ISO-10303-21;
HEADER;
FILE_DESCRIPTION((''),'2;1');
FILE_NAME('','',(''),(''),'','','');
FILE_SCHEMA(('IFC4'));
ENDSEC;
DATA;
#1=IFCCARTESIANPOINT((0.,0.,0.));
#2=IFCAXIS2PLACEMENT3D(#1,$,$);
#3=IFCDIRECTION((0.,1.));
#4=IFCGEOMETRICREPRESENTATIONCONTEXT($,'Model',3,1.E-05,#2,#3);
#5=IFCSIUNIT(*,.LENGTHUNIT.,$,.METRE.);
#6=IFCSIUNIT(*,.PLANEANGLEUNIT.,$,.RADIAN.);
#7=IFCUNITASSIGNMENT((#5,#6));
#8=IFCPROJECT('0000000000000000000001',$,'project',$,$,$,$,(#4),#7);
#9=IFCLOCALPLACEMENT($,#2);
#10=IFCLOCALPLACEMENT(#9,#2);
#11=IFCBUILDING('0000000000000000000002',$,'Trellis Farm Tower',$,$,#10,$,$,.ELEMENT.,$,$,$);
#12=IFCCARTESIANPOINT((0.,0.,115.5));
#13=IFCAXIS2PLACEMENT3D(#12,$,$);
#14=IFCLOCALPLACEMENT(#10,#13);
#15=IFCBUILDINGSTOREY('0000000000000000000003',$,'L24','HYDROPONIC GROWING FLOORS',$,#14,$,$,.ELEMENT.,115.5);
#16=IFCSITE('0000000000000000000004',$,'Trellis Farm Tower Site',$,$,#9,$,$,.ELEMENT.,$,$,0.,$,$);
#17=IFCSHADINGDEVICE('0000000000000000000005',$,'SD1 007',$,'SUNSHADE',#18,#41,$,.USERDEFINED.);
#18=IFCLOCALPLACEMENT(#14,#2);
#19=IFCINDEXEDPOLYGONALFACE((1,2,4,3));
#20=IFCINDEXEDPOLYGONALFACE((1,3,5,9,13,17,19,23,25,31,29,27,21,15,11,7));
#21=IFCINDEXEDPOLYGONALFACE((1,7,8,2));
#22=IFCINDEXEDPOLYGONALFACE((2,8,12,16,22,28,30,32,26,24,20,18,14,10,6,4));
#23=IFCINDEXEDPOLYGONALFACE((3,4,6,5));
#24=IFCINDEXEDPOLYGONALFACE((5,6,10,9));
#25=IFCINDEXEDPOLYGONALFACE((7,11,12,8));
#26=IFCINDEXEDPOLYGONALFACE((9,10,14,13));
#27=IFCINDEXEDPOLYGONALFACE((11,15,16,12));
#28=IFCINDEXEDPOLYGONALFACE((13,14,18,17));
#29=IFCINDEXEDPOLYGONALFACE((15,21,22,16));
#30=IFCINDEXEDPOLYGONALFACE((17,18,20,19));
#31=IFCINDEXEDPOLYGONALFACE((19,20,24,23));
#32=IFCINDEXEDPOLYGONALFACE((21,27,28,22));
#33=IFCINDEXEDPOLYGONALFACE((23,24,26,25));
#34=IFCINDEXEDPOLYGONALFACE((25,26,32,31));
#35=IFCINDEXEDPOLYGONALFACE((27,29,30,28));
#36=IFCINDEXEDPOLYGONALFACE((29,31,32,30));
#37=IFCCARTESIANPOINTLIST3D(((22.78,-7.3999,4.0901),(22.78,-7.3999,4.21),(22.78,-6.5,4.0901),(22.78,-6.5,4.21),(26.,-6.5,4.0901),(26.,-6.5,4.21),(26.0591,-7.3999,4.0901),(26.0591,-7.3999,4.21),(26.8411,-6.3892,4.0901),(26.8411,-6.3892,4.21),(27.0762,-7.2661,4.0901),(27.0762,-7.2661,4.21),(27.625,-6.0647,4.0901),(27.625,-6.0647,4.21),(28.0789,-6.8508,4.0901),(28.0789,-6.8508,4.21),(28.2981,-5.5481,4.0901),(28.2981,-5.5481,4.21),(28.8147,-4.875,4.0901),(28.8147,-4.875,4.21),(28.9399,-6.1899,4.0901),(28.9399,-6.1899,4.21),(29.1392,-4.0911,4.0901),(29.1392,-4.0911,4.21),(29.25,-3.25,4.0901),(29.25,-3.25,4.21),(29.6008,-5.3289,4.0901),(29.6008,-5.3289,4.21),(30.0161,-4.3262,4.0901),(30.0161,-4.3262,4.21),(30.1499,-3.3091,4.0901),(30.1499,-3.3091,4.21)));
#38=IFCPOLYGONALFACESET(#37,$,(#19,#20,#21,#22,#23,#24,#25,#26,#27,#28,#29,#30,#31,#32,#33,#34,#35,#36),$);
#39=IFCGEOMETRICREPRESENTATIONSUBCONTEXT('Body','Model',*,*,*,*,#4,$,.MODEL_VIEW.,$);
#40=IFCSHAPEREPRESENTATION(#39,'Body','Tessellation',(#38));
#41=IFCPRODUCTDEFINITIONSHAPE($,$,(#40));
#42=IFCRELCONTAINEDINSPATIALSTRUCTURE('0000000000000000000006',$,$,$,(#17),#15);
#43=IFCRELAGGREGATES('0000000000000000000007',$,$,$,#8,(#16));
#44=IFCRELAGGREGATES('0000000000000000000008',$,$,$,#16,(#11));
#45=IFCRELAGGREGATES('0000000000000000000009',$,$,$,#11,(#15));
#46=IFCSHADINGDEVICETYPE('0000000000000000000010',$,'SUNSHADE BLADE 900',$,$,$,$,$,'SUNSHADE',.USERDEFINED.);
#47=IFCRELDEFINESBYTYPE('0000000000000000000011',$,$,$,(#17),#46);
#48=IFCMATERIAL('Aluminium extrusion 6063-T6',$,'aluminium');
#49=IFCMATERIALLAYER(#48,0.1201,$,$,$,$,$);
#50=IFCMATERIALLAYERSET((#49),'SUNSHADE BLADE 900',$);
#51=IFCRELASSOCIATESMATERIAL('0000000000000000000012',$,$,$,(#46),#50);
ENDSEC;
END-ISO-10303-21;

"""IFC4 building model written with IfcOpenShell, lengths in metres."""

from ifc_helpers import new_model, si_unit, direction, frame, origin, place, context, subcontext, project, spatial, polyline, outline, extrude, source, transform, mapped, material, layer, layer_set, type_object, element, save


model = new_model("IFC4")

# Units and contexts
model_context = context("Model", 3, precision=1e-05, world=origin(), true_north=direction((0.0, 1.0)))
body_context = subcontext(model_context, "Body", "Model", "MODEL_VIEW")
ifc_project = project(units=[si_unit("LENGTHUNIT", "METRE"), si_unit("PLANEANGLEUNIT", "RADIAN")], contexts=[model_context])

# Site, building, storey
site_placement = place(None, origin())
site = spatial("IfcSite", under=ifc_project, at=site_placement, Name="Trellis Farm Tower Site", CompositionType="ELEMENT", RefElevation=0.0)
building_placement = place(site_placement, origin())
building = spatial("IfcBuilding", under=site, at=building_placement, Name="Trellis Farm Tower", CompositionType="ELEMENT")
storey_placement = place(building_placement, frame((0.0, 0.0, 115.5)))
storey = spatial("IfcBuildingStorey", under=building, at=storey_placement, Name="L24", Description="HYDROPONIC GROWING FLOORS", CompositionType="ELEMENT", Elevation=115.5)

# Shared definitions
ifc_material_1 = material(Name="Aluminium extrusion 6063-T6", Category="aluminium")

# Shading device
placement_1 = place(storey_placement, frame((0.0, 0.0, 4.0901)))
ifc_layer_1 = layer(ifc_material_1, 0.1201)
ifc_layer_set_1 = layer_set([ifc_layer_1], Name="SUNSHADE BLADE 900")
shading_device_type_1 = type_object("IfcShadingDeviceType", Name="SUNSHADE BLADE 900", ElementType="SUNSHADE", PredefinedType="USERDEFINED", material=ifc_layer_set_1)
shared_shape_1 = source(origin(), body_context, "Body", "SweptSolid", [
    extrude(outline(polyline([(22.78, -7.3999), (26.0591, -7.3999), (27.0762, -7.2661), (28.0789, -6.8508), (28.9399, -6.1899), (29.6008, -5.3289), (30.0161, -4.3262), (30.1499, -3.3091), (29.25, -3.25), (29.1392, -4.0911), (28.8147, -4.875), (28.2981, -5.5481), (27.625, -6.0647), (26.8411, -6.3892), (26.0, -6.5), (22.78, -6.5), (22.78, -7.3999)])), origin(), (0.0, 0.0, 1.0), 0.1199),
])
element("IfcShadingDevice", 1, at=placement_1, inside=storey, type_object=shading_device_type_1, Name="SD1 007", ObjectType="SUNSHADE", PredefinedType="USERDEFINED", context=body_context, shape_type="MappedRepresentation", body=[
    mapped(shared_shape_1, transform((0.0, 0.0, 0.0))),
])

save(model, "model.ifc")
